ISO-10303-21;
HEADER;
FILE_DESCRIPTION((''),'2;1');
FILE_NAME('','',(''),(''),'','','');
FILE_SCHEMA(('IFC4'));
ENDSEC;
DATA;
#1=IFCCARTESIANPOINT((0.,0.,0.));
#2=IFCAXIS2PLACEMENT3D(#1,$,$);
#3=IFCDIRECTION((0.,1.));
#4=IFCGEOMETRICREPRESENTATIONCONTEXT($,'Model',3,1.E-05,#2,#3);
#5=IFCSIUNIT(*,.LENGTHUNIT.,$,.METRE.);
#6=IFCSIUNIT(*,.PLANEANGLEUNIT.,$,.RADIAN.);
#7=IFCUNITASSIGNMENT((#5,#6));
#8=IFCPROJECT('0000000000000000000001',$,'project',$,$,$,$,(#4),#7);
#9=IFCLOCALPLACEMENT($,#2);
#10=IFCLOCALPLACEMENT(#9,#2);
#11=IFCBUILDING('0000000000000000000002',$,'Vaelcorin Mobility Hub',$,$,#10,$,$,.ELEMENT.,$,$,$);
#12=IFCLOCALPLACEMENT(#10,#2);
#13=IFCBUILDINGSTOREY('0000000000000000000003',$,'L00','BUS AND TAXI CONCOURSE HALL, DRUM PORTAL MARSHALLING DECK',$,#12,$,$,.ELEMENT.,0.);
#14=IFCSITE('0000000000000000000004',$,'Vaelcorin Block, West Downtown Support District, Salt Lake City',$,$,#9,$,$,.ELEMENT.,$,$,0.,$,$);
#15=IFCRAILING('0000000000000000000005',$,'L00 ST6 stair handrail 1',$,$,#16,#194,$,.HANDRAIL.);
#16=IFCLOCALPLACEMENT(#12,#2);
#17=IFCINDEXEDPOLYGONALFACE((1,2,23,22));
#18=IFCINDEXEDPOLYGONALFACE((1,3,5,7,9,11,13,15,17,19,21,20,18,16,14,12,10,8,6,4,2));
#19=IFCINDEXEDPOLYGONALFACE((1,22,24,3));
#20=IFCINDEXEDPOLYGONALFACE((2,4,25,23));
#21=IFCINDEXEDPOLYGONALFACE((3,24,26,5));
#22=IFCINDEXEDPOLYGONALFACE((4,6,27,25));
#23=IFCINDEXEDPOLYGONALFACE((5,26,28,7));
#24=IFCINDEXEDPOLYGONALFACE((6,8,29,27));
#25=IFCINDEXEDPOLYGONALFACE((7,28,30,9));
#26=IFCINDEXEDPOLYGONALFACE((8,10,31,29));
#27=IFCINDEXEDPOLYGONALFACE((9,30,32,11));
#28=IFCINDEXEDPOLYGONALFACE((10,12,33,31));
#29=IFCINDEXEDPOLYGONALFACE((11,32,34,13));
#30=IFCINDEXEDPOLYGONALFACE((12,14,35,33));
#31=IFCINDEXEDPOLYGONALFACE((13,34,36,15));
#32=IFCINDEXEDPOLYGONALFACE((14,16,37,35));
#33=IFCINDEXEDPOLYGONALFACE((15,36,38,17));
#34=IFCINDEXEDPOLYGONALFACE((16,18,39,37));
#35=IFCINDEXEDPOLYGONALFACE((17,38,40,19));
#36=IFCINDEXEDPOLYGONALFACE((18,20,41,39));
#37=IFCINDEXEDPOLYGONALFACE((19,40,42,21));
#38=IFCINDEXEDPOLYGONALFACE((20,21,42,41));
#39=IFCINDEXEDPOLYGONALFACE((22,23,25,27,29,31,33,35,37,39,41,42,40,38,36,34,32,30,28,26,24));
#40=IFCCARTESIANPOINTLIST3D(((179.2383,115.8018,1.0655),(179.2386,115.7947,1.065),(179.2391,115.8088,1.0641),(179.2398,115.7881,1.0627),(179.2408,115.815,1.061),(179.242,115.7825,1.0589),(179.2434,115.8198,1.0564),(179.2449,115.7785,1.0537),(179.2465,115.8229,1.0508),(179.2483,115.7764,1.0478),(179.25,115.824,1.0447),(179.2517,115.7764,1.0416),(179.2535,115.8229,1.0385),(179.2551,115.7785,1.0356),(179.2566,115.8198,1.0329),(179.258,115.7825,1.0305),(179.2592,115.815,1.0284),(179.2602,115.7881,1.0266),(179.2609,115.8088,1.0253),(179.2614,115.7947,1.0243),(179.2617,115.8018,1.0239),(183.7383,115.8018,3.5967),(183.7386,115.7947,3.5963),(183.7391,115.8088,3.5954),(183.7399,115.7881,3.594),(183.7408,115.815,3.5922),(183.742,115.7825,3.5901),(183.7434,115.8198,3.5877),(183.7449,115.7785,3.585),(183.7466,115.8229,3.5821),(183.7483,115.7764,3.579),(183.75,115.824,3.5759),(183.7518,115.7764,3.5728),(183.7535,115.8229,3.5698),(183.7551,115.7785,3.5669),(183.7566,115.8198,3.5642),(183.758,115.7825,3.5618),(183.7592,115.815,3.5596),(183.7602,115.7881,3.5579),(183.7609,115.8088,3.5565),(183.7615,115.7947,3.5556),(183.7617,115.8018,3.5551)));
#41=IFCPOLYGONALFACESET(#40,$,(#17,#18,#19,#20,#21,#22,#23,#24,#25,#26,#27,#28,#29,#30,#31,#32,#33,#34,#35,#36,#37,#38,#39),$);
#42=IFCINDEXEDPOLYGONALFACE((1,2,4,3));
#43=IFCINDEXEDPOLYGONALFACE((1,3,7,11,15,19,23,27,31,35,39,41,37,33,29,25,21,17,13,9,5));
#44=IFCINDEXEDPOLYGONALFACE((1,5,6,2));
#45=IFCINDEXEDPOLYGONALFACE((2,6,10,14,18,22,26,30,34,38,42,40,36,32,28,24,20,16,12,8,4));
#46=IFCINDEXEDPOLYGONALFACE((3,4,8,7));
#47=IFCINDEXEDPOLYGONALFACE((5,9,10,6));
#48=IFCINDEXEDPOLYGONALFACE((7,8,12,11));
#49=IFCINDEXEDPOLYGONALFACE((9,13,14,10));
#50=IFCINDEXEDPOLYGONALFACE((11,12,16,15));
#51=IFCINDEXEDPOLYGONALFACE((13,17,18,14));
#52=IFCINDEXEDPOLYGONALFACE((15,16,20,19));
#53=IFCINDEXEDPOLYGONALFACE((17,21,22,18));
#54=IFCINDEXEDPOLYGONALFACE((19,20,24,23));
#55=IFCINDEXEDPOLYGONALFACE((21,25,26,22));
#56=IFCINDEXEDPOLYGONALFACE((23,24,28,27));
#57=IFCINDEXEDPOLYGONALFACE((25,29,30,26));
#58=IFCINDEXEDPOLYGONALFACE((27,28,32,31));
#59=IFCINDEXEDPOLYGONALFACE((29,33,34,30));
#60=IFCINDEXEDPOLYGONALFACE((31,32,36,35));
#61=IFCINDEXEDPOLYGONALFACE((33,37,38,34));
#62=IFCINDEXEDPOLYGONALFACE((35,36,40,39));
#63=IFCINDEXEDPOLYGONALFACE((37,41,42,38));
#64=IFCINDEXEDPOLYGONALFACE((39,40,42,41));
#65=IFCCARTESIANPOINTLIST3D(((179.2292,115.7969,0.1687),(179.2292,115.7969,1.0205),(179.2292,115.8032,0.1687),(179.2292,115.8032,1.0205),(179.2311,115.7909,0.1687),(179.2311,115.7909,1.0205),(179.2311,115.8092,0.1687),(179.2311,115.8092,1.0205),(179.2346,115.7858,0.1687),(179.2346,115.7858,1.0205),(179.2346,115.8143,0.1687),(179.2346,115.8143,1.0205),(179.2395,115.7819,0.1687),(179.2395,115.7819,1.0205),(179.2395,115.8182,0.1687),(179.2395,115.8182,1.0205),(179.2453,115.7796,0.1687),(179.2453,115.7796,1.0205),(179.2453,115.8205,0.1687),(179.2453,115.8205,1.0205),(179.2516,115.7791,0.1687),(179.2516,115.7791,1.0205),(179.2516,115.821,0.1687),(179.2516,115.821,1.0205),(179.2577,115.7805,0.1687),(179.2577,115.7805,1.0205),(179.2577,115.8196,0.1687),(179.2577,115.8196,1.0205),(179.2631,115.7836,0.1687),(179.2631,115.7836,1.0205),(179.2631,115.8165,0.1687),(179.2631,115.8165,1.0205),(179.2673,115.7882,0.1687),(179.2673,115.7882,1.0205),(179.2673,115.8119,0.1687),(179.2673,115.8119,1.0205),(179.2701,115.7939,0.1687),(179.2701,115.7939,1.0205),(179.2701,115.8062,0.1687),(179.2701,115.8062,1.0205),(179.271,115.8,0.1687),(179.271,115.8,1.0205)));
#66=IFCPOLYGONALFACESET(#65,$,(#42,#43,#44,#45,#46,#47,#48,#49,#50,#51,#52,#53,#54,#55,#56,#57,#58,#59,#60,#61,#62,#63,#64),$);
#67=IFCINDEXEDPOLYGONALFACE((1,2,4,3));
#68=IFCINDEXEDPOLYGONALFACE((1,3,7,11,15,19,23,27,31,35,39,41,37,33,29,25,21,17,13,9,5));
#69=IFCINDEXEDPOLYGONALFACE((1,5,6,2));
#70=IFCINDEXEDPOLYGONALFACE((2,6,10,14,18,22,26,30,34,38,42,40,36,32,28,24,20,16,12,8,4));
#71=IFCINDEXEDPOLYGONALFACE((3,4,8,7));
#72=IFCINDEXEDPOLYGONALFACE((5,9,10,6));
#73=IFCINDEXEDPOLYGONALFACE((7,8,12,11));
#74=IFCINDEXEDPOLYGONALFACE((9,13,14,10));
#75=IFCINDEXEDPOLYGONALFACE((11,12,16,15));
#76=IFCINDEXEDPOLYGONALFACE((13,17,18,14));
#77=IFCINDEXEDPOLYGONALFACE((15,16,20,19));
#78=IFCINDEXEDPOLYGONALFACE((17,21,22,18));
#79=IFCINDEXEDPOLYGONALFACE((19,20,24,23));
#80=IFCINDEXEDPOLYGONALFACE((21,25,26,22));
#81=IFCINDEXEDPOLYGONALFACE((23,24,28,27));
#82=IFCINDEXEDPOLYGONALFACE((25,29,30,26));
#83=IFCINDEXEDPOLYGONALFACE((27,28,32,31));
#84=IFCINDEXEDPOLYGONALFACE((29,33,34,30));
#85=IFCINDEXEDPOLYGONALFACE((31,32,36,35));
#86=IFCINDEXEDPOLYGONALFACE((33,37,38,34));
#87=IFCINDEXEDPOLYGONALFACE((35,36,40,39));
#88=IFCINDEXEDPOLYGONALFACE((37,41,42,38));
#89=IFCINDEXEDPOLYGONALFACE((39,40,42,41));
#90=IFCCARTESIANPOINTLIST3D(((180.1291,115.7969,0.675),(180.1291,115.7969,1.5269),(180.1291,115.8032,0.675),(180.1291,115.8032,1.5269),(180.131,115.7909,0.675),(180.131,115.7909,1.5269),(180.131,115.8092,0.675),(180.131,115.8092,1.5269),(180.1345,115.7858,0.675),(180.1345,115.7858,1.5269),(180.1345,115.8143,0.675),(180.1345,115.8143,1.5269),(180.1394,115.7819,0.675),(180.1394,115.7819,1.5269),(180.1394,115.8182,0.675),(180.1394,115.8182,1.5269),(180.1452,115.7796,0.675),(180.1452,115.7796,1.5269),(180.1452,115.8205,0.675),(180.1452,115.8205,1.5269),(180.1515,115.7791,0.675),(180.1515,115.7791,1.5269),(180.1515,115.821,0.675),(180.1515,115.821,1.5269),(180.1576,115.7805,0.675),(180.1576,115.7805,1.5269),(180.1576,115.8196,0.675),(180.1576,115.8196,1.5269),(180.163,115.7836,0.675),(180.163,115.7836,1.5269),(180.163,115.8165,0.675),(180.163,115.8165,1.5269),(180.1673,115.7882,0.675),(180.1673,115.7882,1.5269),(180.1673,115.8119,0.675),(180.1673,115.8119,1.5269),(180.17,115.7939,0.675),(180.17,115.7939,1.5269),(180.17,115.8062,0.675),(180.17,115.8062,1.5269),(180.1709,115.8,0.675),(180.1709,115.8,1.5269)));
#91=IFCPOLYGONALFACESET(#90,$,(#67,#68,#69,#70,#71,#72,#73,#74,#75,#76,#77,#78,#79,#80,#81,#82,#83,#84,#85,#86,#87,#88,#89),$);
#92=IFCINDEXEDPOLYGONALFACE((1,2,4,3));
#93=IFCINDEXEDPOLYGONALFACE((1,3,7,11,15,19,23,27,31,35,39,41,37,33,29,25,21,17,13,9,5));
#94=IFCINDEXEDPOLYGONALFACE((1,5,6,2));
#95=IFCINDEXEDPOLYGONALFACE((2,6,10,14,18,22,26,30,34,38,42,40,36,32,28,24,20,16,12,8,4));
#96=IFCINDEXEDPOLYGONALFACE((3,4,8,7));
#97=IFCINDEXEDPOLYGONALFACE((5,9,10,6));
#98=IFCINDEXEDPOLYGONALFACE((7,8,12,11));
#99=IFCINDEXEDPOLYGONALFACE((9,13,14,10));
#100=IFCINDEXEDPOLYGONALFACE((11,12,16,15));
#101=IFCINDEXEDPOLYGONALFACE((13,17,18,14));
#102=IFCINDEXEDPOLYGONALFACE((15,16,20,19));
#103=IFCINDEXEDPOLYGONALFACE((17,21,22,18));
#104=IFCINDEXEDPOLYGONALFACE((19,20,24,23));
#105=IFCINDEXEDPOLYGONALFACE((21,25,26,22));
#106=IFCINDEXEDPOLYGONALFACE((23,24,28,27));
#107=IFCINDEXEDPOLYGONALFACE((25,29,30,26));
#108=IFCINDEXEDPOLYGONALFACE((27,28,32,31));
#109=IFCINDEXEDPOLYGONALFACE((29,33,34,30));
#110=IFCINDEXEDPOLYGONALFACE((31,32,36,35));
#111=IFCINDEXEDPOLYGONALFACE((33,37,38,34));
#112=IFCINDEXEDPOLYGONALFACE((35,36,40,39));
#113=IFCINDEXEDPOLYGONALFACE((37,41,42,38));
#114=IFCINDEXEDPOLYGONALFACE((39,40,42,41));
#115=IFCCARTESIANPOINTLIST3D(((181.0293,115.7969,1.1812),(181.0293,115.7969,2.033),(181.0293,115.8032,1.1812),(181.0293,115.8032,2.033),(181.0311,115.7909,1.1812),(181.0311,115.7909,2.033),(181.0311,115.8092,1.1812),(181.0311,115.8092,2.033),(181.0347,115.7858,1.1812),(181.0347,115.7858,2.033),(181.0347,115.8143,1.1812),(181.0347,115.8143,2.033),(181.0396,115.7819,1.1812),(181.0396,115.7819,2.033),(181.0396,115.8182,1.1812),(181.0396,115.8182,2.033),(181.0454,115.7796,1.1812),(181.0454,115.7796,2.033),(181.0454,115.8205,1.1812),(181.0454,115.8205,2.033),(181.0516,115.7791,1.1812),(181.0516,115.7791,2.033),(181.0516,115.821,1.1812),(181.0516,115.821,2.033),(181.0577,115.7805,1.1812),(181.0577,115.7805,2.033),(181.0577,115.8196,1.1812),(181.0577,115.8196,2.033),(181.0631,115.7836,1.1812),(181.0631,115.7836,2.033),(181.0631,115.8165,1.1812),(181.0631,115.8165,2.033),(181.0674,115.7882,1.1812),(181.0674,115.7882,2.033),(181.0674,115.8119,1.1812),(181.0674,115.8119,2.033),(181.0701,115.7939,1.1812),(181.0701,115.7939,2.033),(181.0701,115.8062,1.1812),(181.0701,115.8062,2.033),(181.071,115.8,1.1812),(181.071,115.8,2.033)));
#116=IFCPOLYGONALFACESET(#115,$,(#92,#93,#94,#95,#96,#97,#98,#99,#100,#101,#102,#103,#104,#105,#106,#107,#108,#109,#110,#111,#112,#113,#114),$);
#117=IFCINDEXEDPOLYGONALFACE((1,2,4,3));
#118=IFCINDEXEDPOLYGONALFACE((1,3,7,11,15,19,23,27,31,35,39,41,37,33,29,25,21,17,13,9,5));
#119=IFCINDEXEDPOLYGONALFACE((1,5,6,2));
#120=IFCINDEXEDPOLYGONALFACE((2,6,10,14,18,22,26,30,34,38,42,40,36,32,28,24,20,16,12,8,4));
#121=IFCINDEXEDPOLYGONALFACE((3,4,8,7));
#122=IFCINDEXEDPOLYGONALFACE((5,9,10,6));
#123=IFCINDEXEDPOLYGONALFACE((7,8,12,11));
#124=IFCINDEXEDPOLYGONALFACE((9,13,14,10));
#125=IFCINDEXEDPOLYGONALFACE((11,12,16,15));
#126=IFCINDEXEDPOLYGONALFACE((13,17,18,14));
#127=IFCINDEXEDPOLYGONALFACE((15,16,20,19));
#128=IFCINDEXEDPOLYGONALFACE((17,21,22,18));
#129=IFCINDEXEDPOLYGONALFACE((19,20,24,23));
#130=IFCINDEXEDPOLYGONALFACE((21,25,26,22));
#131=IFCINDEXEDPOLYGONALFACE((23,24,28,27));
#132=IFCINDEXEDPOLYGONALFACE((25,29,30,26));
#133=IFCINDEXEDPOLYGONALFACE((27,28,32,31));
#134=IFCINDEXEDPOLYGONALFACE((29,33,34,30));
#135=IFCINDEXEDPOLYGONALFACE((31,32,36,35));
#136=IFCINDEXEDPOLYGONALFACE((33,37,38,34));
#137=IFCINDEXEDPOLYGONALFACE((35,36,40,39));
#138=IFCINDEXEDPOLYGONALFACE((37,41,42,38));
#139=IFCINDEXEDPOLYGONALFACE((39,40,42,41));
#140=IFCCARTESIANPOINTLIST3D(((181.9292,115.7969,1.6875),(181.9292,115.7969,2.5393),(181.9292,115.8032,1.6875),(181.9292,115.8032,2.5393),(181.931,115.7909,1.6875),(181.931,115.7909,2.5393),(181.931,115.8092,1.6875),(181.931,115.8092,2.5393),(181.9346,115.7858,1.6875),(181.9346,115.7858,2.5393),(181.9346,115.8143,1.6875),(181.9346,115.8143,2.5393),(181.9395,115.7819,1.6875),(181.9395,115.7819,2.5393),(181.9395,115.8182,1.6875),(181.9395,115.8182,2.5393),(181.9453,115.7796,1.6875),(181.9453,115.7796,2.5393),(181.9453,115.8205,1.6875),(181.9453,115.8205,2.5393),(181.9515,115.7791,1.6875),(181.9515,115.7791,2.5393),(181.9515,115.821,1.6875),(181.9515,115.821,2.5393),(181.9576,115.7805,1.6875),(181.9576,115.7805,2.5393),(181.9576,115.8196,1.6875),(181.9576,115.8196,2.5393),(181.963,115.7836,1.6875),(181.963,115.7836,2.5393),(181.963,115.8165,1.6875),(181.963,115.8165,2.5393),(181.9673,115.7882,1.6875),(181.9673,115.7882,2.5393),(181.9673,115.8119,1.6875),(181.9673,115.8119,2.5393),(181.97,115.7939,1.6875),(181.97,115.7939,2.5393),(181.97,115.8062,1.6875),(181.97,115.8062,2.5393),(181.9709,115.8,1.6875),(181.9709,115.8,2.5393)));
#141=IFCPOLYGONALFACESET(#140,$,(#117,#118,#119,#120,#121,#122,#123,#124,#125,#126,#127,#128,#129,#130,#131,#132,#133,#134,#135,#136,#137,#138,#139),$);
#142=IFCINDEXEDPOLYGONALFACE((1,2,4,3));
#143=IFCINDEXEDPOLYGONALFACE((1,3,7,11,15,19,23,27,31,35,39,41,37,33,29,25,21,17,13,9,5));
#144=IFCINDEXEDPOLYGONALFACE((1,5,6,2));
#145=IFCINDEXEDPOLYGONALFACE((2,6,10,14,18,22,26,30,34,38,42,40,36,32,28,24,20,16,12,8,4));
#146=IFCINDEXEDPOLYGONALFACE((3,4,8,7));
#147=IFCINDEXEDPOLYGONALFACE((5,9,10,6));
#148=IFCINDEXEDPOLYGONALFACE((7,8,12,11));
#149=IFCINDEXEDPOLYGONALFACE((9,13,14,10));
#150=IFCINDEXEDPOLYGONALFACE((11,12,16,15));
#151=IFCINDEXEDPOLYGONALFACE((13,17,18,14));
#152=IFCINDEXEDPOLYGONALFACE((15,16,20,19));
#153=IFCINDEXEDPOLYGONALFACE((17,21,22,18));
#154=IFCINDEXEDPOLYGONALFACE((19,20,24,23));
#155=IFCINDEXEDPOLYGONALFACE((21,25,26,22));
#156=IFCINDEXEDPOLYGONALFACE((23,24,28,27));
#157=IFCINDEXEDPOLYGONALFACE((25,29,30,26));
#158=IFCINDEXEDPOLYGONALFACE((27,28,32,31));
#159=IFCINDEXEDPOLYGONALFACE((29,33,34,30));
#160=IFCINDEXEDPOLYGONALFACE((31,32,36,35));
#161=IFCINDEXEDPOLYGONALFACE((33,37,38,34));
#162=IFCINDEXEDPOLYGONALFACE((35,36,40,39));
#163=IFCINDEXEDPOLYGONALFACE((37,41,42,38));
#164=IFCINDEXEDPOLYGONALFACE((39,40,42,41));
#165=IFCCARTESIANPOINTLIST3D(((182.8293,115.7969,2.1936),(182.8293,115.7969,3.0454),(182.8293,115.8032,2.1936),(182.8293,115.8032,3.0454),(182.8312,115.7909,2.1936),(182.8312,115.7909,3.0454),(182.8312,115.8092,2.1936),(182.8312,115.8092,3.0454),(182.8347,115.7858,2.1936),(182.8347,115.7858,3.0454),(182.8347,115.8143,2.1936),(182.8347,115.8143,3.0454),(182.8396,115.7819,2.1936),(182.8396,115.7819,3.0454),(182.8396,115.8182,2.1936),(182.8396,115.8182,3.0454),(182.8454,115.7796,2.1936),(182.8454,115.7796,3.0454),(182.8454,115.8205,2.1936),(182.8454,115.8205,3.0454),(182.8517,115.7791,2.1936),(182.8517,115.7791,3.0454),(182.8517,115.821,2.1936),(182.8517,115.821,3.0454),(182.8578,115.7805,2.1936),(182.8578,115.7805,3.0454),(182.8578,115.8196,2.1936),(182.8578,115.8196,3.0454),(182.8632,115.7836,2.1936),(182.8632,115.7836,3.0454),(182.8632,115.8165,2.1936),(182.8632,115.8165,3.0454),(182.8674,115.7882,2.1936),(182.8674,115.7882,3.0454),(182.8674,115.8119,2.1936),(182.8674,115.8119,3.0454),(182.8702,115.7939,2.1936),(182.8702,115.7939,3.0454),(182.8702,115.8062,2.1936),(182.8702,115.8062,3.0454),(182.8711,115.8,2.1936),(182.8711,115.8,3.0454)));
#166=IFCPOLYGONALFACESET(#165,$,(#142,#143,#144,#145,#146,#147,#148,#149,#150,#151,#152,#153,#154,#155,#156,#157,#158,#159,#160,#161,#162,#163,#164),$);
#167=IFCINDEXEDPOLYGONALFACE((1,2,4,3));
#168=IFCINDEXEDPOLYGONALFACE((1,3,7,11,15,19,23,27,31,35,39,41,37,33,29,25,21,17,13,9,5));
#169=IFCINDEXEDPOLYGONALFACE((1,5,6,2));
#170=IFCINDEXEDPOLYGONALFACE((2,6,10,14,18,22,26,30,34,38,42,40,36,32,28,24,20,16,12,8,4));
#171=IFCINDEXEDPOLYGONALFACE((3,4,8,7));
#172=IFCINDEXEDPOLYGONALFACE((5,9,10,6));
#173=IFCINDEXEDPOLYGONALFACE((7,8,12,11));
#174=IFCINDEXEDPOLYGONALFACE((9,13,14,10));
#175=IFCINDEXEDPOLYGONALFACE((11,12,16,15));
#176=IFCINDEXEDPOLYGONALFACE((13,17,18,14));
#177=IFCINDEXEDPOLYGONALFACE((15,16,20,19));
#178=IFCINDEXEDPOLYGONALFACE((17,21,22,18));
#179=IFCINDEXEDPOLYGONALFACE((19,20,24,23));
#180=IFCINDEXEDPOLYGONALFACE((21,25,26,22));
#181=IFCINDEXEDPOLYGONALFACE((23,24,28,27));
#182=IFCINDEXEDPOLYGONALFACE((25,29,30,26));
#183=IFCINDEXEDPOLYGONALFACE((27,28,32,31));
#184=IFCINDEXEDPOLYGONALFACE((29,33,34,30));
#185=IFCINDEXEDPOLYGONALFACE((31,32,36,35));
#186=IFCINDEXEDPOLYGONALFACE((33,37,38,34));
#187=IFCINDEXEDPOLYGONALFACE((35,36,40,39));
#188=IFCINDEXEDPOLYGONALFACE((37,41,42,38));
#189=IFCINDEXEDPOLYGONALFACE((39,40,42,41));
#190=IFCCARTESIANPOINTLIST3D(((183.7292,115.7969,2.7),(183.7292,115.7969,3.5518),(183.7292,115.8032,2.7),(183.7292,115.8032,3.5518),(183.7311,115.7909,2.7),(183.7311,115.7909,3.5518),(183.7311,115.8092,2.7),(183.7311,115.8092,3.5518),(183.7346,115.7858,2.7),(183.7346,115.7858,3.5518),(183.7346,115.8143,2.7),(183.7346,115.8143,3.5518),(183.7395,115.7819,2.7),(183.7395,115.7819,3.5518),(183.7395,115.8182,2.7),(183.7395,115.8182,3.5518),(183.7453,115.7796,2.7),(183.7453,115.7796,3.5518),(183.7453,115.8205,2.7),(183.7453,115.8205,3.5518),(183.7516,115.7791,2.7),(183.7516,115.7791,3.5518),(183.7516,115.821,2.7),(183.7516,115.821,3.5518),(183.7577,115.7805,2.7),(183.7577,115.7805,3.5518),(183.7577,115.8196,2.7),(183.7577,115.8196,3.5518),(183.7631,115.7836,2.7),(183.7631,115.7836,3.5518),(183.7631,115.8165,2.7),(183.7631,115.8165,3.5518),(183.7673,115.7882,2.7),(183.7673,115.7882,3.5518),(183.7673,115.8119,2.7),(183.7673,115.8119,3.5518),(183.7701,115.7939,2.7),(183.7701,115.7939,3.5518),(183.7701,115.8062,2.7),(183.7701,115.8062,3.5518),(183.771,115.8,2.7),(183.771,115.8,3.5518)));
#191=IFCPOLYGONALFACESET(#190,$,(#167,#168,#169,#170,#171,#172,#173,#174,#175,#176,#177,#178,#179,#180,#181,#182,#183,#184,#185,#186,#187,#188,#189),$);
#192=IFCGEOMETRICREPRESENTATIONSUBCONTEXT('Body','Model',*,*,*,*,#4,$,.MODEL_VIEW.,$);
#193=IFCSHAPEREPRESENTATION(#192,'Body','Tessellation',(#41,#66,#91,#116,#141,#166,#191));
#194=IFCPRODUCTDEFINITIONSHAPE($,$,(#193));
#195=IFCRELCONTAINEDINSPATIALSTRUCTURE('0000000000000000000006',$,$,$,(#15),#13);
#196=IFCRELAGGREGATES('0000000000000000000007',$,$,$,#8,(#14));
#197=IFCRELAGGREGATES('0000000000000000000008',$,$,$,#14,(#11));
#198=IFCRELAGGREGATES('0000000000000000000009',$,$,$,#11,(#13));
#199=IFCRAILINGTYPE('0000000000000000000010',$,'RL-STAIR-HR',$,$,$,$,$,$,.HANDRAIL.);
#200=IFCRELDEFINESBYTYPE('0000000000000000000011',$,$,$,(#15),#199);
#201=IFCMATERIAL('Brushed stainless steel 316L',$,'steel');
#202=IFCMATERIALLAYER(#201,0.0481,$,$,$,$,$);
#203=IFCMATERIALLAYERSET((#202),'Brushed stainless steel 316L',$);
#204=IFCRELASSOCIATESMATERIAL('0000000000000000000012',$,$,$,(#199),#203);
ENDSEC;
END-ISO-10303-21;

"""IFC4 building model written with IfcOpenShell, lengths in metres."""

from ifc_helpers import new_model, si_unit, direction, frame, origin, origin_2d, place, context, subcontext, project, spatial, circle, extrude, material, layer, layer_set, type_object, element, save


model = new_model("IFC4")

# Units and contexts
model_context = context("Model", 3, precision=1e-05, world=origin(), true_north=direction((0.0, 1.0)))
body_context = subcontext(model_context, "Body", "Model", "MODEL_VIEW")
ifc_project = project(units=[si_unit("LENGTHUNIT", "METRE"), si_unit("PLANEANGLEUNIT", "RADIAN")], contexts=[model_context])

# Site, building, storey
site_placement = place(None, origin())
site = spatial("IfcSite", under=ifc_project, at=site_placement, Name="Vaelcorin Block, West Downtown Support District, Salt Lake City", CompositionType="ELEMENT", RefElevation=0.0)
building_placement = place(site_placement, origin())
building = spatial("IfcBuilding", under=site, at=building_placement, Name="Vaelcorin Mobility Hub", CompositionType="ELEMENT")
storey_placement = place(building_placement, origin())
storey = spatial("IfcBuildingStorey", under=building, at=storey_placement, Name="L00", Description="BUS AND TAXI CONCOURSE HALL, DRUM PORTAL MARSHALLING DECK", CompositionType="ELEMENT", Elevation=0.0)

# Railing
ifc_material_1 = material(Name="Brushed stainless steel 316L", Category="steel")
ifc_layer_1 = layer(ifc_material_1, 0.0481)
ifc_layer_set_1 = layer_set([ifc_layer_1], Name="Brushed stainless steel 316L")
railing_type_1 = type_object("IfcRailingType", Name="RL-STAIR-HR", PredefinedType="HANDRAIL", material=ifc_layer_set_1)
railing_1_placement = place(storey_placement, frame((179.25, 115.8, 0.1687)))
element("IfcRailing", 1, at=railing_1_placement, inside=storey, type_object=railing_type_1, Name="L00 ST6 stair handrail 1", PredefinedType="HANDRAIL", context=body_context, shape_type="SweptSolid", body=[
    extrude(circle(Radius=0.0239, at=origin_2d()), frame((0.0, 0.0, 0.876), z_axis=(0.871576, 0.0, 0.490261), x_axis=(0.0, 1.0, 0.0)), (0.0, 0.0, 1.0), 5.1631),
    extrude(circle(Radius=0.021, at=origin_2d()), origin(), (0.0, 0.0, 1.0), 0.8518),
    extrude(circle(Radius=0.021, at=origin_2d()), frame((0.8999, 0.0, 0.5063)), (0.0, 0.0, 1.0), 0.8518),
    extrude(circle(Radius=0.021, at=origin_2d()), frame((1.8, 0.0, 1.0125)), (0.0, 0.0, 1.0), 0.8518),
    extrude(circle(Radius=0.021, at=origin_2d()), frame((2.7, 0.0, 1.5188)), (0.0, 0.0, 1.0), 0.8518),
    extrude(circle(Radius=0.021, at=origin_2d()), frame((3.6001, 0.0, 2.0249)), (0.0, 0.0, 1.0), 0.8518),
    extrude(circle(Radius=0.021, at=origin_2d()), frame((4.5, 0.0, 2.5312)), (0.0, 0.0, 1.0), 0.8518),
])

save(model, "model.ifc")
